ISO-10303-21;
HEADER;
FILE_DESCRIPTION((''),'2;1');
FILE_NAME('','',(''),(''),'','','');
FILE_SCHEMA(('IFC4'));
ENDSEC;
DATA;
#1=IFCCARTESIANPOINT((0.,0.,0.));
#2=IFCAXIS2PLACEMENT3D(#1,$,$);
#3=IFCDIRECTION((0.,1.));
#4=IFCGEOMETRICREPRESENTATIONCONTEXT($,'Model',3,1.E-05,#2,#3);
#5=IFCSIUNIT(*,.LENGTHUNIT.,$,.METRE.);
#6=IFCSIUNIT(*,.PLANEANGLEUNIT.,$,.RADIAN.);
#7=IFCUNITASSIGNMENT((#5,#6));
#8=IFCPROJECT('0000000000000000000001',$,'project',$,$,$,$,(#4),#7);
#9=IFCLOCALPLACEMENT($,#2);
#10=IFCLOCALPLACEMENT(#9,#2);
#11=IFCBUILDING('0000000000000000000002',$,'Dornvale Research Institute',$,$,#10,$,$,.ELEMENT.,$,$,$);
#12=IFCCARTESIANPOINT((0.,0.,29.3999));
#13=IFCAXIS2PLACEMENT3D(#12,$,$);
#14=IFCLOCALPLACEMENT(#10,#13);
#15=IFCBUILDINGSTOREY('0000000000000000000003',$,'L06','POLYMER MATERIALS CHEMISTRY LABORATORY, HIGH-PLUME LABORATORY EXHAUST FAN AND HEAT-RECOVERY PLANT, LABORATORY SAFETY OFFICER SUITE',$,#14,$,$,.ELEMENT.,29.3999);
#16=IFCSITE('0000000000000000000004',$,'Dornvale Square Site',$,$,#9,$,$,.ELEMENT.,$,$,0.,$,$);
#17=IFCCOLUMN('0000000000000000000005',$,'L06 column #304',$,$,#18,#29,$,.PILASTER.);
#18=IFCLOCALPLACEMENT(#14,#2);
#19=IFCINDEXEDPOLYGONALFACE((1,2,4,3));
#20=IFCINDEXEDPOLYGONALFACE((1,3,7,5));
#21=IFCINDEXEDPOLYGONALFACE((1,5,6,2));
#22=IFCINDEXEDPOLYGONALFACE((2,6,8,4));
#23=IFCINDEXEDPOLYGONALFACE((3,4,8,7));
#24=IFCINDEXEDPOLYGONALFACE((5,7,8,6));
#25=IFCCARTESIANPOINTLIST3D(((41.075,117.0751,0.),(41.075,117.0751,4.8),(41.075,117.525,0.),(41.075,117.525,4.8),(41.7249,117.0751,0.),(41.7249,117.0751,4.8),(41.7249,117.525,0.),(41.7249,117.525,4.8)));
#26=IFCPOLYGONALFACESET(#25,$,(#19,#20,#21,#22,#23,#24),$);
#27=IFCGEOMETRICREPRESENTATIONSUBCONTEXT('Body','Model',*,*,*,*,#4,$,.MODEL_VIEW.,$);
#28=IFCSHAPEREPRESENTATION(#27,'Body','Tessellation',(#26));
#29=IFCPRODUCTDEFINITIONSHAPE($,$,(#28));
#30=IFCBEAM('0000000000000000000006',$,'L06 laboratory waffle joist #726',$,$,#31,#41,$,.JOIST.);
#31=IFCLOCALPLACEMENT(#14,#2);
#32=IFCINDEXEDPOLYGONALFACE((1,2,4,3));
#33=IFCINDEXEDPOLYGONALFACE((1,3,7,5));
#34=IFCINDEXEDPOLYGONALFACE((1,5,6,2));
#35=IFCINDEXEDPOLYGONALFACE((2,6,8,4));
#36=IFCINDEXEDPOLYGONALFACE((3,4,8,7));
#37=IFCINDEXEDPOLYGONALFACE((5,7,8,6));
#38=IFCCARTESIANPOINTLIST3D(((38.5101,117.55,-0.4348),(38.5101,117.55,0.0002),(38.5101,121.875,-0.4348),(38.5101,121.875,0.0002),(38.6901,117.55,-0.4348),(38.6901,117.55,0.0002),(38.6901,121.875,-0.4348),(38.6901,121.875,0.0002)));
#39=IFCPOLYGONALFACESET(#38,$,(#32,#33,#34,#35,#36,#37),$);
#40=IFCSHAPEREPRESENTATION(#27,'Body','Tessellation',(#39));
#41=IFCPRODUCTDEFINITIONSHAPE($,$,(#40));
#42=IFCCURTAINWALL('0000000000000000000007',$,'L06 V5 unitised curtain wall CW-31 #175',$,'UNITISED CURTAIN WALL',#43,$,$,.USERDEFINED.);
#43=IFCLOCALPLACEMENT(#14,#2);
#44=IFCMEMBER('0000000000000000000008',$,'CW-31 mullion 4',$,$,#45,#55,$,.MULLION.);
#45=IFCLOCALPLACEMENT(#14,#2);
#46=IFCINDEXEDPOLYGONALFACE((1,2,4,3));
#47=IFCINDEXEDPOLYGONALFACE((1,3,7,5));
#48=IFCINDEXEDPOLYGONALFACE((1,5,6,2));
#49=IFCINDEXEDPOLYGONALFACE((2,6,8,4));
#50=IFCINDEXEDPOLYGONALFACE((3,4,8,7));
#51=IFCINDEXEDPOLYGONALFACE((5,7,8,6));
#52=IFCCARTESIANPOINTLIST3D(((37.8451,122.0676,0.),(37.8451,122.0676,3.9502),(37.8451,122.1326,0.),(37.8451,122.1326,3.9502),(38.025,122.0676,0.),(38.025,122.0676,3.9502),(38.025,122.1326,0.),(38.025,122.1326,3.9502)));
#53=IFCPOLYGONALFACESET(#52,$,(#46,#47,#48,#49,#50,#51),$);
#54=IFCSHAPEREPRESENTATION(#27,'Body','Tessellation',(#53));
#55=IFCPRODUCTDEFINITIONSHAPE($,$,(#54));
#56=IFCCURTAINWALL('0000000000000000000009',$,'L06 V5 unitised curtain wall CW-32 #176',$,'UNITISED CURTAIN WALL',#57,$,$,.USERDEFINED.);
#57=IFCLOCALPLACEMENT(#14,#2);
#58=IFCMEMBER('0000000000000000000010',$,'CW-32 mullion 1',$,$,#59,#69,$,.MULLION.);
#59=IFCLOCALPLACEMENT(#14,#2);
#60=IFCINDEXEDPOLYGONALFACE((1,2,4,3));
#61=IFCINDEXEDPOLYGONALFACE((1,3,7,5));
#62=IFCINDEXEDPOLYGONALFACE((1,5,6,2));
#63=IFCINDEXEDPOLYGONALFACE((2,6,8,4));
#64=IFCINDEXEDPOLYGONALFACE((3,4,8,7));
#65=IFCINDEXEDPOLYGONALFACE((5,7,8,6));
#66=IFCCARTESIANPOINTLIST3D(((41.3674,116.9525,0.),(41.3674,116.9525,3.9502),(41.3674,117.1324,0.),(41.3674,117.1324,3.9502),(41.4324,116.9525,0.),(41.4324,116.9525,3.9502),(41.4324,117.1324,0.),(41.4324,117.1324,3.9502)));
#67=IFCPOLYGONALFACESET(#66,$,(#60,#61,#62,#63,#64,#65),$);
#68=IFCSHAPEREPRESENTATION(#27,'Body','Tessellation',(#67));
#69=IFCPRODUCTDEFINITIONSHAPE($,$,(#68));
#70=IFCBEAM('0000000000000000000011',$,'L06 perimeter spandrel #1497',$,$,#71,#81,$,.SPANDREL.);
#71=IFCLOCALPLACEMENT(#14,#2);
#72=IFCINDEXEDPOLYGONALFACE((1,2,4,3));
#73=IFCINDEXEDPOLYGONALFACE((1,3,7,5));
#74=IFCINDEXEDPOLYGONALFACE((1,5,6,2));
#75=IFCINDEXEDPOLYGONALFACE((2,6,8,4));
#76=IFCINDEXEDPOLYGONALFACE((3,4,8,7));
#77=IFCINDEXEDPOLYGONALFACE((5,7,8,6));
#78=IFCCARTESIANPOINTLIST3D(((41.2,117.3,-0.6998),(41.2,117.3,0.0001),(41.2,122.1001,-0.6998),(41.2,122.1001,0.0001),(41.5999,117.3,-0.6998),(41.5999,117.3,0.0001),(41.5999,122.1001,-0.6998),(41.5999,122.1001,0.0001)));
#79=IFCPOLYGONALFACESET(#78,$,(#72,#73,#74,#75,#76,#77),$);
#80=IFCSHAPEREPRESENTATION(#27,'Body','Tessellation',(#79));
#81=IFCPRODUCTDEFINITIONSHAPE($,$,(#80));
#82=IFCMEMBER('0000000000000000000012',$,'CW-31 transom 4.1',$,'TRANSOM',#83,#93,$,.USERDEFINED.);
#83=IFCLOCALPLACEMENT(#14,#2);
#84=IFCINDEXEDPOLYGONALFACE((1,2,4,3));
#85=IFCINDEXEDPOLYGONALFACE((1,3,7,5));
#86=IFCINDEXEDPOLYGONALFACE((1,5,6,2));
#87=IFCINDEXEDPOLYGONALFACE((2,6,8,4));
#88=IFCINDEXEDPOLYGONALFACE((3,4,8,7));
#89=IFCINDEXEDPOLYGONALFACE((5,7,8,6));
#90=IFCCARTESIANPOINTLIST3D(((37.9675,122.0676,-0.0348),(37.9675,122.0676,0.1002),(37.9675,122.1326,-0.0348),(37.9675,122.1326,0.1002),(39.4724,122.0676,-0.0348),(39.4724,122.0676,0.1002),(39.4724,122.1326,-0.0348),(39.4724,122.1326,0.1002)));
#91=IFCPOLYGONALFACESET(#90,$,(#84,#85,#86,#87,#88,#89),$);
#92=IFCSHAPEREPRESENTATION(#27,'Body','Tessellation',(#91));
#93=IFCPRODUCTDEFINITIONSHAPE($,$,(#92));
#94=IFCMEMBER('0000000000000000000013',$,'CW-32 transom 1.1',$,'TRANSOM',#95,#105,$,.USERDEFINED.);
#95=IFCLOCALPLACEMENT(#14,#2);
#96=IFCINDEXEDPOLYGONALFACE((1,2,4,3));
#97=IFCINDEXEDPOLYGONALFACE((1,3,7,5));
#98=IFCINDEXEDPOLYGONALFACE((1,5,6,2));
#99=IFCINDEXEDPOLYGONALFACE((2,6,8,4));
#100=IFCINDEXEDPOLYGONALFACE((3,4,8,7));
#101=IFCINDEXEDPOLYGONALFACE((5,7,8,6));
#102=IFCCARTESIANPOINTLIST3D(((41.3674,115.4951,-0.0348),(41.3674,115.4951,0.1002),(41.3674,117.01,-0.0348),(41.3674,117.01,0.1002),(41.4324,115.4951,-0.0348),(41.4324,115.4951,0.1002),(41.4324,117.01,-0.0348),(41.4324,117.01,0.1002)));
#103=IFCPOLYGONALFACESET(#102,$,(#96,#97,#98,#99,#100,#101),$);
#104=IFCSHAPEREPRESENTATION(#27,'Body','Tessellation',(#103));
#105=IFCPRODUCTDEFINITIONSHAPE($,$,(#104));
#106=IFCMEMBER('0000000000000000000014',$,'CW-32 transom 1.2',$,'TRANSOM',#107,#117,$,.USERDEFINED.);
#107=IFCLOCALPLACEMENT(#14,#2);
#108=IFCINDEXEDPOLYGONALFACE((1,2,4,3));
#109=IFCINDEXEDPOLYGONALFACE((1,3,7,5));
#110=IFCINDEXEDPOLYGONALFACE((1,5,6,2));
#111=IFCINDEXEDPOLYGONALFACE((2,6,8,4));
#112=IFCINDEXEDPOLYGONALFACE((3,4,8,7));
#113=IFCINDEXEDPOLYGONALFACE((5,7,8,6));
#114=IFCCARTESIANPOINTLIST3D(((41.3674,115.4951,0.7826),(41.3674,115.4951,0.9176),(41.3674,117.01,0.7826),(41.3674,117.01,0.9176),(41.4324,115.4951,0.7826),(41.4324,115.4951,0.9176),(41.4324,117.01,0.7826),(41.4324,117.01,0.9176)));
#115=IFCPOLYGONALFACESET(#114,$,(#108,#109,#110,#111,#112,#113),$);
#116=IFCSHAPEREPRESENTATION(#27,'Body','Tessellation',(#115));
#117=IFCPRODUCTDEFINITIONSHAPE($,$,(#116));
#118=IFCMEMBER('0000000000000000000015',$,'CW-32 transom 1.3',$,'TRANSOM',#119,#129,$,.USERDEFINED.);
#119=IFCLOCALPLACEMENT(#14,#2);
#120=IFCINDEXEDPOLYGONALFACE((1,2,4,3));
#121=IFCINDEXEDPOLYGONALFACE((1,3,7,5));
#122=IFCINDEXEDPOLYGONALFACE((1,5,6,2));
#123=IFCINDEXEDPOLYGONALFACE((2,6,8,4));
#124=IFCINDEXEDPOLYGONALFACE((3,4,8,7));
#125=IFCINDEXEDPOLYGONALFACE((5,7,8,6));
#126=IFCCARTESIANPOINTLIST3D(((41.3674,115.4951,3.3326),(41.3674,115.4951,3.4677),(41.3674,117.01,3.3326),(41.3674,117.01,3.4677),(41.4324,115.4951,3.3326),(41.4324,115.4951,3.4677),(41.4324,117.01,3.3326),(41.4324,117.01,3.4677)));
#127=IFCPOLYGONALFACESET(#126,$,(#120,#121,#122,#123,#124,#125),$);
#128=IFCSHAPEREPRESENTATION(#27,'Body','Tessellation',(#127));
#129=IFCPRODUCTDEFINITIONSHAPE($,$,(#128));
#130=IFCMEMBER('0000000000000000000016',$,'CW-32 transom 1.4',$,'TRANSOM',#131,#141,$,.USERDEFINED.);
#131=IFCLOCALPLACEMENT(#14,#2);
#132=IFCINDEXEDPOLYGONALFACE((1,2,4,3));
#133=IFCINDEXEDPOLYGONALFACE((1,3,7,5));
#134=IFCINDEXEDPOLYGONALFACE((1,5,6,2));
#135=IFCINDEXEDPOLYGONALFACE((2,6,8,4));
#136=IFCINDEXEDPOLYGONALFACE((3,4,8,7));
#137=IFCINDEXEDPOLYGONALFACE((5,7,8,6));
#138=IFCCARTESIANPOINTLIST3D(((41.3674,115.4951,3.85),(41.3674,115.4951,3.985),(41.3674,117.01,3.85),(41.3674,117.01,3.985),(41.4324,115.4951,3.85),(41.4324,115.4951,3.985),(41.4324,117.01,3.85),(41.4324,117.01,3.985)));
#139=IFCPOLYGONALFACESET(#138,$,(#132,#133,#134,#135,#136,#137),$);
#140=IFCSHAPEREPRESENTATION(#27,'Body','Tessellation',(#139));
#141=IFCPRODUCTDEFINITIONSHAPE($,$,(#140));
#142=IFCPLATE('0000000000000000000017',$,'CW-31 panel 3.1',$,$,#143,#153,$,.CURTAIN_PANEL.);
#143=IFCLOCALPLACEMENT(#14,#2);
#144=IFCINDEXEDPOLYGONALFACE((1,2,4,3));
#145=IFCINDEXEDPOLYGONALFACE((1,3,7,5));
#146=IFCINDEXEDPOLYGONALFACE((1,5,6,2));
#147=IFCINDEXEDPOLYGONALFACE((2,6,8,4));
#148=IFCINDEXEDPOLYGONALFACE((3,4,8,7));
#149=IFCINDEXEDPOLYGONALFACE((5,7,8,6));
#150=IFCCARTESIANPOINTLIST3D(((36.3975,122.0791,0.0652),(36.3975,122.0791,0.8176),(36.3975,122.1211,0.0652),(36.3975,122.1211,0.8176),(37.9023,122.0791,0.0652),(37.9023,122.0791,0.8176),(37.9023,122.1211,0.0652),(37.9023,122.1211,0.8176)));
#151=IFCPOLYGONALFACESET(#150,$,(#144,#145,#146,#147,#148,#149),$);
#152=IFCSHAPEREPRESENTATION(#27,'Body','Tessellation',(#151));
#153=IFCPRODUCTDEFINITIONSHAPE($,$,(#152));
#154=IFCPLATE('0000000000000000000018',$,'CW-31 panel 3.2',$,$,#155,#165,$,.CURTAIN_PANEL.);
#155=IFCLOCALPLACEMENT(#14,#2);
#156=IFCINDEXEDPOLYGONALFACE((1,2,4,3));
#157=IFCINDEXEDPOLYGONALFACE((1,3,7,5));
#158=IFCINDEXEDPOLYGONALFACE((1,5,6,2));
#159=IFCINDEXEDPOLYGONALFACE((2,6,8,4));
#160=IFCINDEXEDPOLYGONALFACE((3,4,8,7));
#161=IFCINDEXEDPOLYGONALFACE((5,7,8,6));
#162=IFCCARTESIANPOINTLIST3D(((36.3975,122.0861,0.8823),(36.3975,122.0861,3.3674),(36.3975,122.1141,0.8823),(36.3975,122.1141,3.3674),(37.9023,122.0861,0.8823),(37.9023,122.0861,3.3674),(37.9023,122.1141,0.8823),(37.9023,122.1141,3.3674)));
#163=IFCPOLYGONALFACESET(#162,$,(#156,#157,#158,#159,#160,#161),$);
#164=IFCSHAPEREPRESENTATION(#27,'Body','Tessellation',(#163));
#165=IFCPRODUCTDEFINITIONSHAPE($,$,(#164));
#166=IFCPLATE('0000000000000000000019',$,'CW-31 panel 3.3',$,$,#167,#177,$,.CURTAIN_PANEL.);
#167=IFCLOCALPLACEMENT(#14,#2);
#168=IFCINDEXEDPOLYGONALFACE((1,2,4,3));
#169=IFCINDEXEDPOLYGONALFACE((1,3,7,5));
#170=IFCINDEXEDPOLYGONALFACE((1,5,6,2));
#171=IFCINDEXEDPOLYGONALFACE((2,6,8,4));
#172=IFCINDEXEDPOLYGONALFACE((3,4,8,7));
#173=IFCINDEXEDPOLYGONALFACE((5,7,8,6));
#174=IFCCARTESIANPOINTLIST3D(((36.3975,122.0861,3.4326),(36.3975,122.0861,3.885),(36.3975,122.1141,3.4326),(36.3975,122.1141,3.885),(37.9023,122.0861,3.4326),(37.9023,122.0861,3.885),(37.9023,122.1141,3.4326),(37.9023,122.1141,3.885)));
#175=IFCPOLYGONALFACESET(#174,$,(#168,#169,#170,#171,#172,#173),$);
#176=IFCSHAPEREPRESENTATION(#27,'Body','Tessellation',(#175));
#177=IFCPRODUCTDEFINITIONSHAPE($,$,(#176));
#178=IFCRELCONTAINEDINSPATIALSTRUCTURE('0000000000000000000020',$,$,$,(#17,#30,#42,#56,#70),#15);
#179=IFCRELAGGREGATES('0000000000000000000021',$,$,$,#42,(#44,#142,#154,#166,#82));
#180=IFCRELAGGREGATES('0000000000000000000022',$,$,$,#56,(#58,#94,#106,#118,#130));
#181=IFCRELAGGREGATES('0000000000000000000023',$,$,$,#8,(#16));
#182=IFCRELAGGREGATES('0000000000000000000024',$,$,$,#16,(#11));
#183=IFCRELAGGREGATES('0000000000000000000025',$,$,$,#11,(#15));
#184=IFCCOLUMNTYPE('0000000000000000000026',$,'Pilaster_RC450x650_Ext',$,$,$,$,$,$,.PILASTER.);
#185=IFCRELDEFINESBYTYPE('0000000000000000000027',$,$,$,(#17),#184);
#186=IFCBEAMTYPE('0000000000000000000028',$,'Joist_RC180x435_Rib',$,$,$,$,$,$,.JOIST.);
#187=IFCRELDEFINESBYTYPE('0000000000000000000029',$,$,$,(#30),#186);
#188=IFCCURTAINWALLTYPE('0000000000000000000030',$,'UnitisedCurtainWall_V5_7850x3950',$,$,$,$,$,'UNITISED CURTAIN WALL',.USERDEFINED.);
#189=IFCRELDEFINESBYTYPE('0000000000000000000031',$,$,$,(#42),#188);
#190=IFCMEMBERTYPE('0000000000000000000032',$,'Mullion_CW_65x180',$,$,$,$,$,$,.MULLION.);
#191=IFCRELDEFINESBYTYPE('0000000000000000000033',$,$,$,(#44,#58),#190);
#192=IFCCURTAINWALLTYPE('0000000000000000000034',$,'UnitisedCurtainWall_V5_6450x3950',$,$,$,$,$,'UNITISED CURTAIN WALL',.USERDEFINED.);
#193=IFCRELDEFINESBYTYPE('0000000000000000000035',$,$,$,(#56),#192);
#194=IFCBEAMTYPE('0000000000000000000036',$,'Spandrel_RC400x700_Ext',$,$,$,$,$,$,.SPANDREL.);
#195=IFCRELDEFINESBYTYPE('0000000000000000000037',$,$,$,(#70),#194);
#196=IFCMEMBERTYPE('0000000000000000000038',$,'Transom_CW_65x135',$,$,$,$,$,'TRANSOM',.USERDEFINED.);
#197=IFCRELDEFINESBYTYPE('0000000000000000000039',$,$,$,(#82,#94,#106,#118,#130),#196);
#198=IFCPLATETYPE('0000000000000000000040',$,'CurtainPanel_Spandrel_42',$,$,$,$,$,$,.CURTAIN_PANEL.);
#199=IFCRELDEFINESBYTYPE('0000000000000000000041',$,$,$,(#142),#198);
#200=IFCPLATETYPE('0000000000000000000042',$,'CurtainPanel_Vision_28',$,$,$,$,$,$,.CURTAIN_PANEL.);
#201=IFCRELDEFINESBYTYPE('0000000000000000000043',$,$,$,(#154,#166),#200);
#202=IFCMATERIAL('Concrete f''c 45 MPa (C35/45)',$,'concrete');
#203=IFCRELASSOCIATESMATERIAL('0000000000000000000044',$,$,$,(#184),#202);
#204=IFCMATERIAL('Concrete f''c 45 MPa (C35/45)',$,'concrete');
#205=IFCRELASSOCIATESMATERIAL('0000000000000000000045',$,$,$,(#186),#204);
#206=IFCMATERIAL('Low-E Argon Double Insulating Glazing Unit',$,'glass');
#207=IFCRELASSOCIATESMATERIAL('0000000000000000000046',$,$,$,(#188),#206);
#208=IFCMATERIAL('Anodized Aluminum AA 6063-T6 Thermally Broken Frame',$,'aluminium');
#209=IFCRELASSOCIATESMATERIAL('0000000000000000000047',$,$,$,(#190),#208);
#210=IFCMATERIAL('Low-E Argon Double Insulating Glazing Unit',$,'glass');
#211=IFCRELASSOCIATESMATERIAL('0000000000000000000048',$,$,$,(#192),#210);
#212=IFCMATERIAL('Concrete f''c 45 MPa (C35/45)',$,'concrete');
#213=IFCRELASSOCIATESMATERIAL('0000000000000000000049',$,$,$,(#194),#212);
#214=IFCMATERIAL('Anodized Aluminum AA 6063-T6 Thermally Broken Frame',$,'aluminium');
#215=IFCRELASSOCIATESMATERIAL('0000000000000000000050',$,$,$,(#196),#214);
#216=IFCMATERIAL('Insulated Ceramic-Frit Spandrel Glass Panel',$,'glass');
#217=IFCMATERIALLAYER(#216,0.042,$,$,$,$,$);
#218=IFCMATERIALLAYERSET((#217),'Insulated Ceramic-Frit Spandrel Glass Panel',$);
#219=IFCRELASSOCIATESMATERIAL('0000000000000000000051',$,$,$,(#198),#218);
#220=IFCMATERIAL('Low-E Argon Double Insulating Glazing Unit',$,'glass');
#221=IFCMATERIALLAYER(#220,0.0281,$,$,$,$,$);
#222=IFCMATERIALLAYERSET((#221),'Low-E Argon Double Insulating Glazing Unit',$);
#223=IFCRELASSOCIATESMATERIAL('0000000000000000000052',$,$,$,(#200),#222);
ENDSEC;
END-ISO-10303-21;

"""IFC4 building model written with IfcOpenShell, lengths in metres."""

from ifc_helpers import new_model, si_unit, direction, frame, origin, origin_2d, place, context, subcontext, project, spatial, rectangle, extrude, material, layer, layer_set, material_profile, profile_set, type_object, element, aggregate, save


model = new_model("IFC4")

# Units and contexts
model_context = context("Model", 3, precision=1e-05, world=origin(), true_north=direction((0.0, 1.0)))
body_context = subcontext(model_context, "Body", "Model", "MODEL_VIEW")
ifc_project = project(units=[si_unit("LENGTHUNIT", "METRE"), si_unit("PLANEANGLEUNIT", "RADIAN")], contexts=[model_context])

# Site, building, storey
site_placement = place(None, origin())
site = spatial("IfcSite", under=ifc_project, at=site_placement, Name="Dornvale Square Site", CompositionType="ELEMENT", RefElevation=0.0)
building_placement = place(site_placement, origin())
building = spatial("IfcBuilding", under=site, at=building_placement, Name="Dornvale Research Institute", CompositionType="ELEMENT")
storey_placement = place(building_placement, frame((0.0, 0.0, 29.3999)))
storey = spatial("IfcBuildingStorey", under=building, at=storey_placement, Name="L06", Description="POLYMER MATERIALS CHEMISTRY LABORATORY, HIGH-PLUME LABORATORY EXHAUST FAN AND HEAT-RECOVERY PLANT, LABORATORY SAFETY OFFICER SUITE", CompositionType="ELEMENT", Elevation=29.3999)

# Column
ifc_material_1 = material(Name="Concrete f'c 45 MPa (C35/45)", Category="concrete")
ifc_material_profile_1 = material_profile(ifc_material_1, rectangle(XDim=0.45, YDim=0.6499, at=origin_2d()), Name="RC 450x650")
ifc_profile_set_1 = profile_set([ifc_material_profile_1], Name="Concrete f'c 45 MPa (C35/45)")
column_type = type_object("IfcColumnType", Name="Pilaster_RC450x650_Ext", PredefinedType="PILASTER", material=ifc_profile_set_1)
column_placement = place(storey_placement, frame((41.3999, 117.3, 0.0), z_axis=(0.0, 0.0, 1.0), x_axis=(0.0, 1.0, 0.0)))
element("IfcColumn", 1, at=column_placement, inside=storey, type_object=column_type, Name="L06 column #304", PredefinedType="PILASTER", context=body_context, shape_type="SweptSolid", body=[
    extrude(rectangle(XDim=0.45, YDim=0.6499, at=origin_2d()), origin(), (0.0, 0.0, 1.0), 4.8),
])

# Beam
ifc_material_2 = material(Name="Concrete f'c 45 MPa (C35/45)", Category="concrete")
ifc_material_profile_2 = material_profile(ifc_material_2, rectangle(XDim=0.1799, YDim=0.4351, at=origin_2d()), Name="RC 180x435")
ifc_profile_set_2 = profile_set([ifc_material_profile_2], Name="Concrete f'c 45 MPa (C35/45)")
beam_type_1 = type_object("IfcBeamType", Name="Joist_RC180x435_Rib", PredefinedType="JOIST", material=ifc_profile_set_2)
beam_1_placement = place(storey_placement, frame((38.6001, 117.55, -0.2173), z_axis=(0.0, 1.0, 0.0), x_axis=(-1.0, 0.0, 0.0)))
element("IfcBeam", 2, at=beam_1_placement, inside=storey, type_object=beam_type_1, Name="L06 laboratory waffle joist #726", PredefinedType="JOIST", context=body_context, shape_type="SweptSolid", body=[
    extrude(rectangle(XDim=0.1799, YDim=0.4351, at=origin_2d()), origin(), (0.0, 0.0, 1.0), 4.325),
])

# Curtain walls, members
ifc_material_3 = material(Name="Low-E Argon Double Insulating Glazing Unit", Category="glass")
curtain_wall_type_1 = type_object("IfcCurtainWallType", Name="UnitisedCurtainWall_V5_7850x3950", ElementType="UNITISED CURTAIN WALL", PredefinedType="USERDEFINED", material=ifc_material_3)
curtain_wall_1_placement = place(storey_placement, origin())
curtain_wall_1 = element("IfcCurtainWall", 3, at=curtain_wall_1_placement, inside=storey, type_object=curtain_wall_type_1, Name="L06 V5 unitised curtain wall CW-31 #175", ObjectType="UNITISED CURTAIN WALL", PredefinedType="USERDEFINED")
ifc_material_4 = material(Name="Anodized Aluminum AA 6063-T6 Thermally Broken Frame", Category="aluminium")
ifc_material_profile_3 = material_profile(ifc_material_4, rectangle(XDim=0.0649, YDim=0.1799, at=origin_2d()), Name="ALU MULLION 65x180")
ifc_profile_set_3 = profile_set([ifc_material_profile_3], Name="Anodized Aluminum AA 6063-T6 Thermally Broken Frame")
member_type_1 = type_object("IfcMemberType", Name="Mullion_CW_65x180", PredefinedType="MULLION", material=ifc_profile_set_3)
member_1_placement = place(storey_placement, frame((37.9351, 122.1001, 0.0), z_axis=(0.0, 0.0, 1.0), x_axis=(0.0, 1.0, 0.0)))
member_1 = element("IfcMember", 4, at=member_1_placement, type_object=member_type_1, Name="CW-31 mullion 4", PredefinedType="MULLION", context=body_context, shape_type="SweptSolid", body=[
    extrude(rectangle(XDim=0.0649, YDim=0.1799, at=origin_2d()), origin(), (0.0, 0.0, 1.0), 3.9502),
])
ifc_material_5 = material(Name="Low-E Argon Double Insulating Glazing Unit", Category="glass")
curtain_wall_type_2 = type_object("IfcCurtainWallType", Name="UnitisedCurtainWall_V5_6450x3950", ElementType="UNITISED CURTAIN WALL", PredefinedType="USERDEFINED", material=ifc_material_5)
curtain_wall_2_placement = place(storey_placement, origin())
curtain_wall_2 = element("IfcCurtainWall", 5, at=curtain_wall_2_placement, inside=storey, type_object=curtain_wall_type_2, Name="L06 V5 unitised curtain wall CW-32 #176", ObjectType="UNITISED CURTAIN WALL", PredefinedType="USERDEFINED")
member_2_placement = place(storey_placement, frame((41.3999, 117.0425, 0.0), z_axis=(0.0, 0.0, 1.0), x_axis=(1.0, 0.0, 0.0)))
member_2 = element("IfcMember", 6, at=member_2_placement, type_object=member_type_1, Name="CW-32 mullion 1", PredefinedType="MULLION", context=body_context, shape_type="SweptSolid", body=[
    extrude(rectangle(XDim=0.0649, YDim=0.1799, at=origin_2d()), origin(), (0.0, 0.0, 1.0), 3.9502),
])

# Beam
ifc_material_6 = material(Name="Concrete f'c 45 MPa (C35/45)", Category="concrete")
ifc_material_profile_4 = material_profile(ifc_material_6, rectangle(XDim=0.3999, YDim=0.7, at=origin_2d()), Name="RC 400x700")
ifc_profile_set_4 = profile_set([ifc_material_profile_4], Name="Concrete f'c 45 MPa (C35/45)")
beam_type_2 = type_object("IfcBeamType", Name="Spandrel_RC400x700_Ext", PredefinedType="SPANDREL", material=ifc_profile_set_4)
beam_2_placement = place(storey_placement, frame((41.3999, 117.3, -0.3499), z_axis=(0.0, 1.0, 0.0), x_axis=(-1.0, 0.0, 0.0)))
element("IfcBeam", 7, at=beam_2_placement, inside=storey, type_object=beam_type_2, Name="L06 perimeter spandrel #1497", PredefinedType="SPANDREL", context=body_context, shape_type="SweptSolid", body=[
    extrude(rectangle(XDim=0.3999, YDim=0.7, at=origin_2d()), origin(), (0.0, 0.0, 1.0), 4.8),
])

# Members
ifc_material_7 = material(Name="Anodized Aluminum AA 6063-T6 Thermally Broken Frame", Category="aluminium")
ifc_material_profile_5 = material_profile(ifc_material_7, rectangle(XDim=0.0649, YDim=0.135, at=origin_2d()), Name="ALU TRANSOM 65x135")
ifc_profile_set_5 = profile_set([ifc_material_profile_5], Name="Anodized Aluminum AA 6063-T6 Thermally Broken Frame")
member_type_2 = type_object("IfcMemberType", Name="Transom_CW_65x135", ElementType="TRANSOM", PredefinedType="USERDEFINED", material=ifc_profile_set_5)
member_3_placement = place(storey_placement, frame((37.9675, 122.1001, 0.0327), z_axis=(1.0, 0.0, 0.0), x_axis=(0.0, 1.0, 0.0)))
member_3 = element("IfcMember", 8, at=member_3_placement, type_object=member_type_2, Name="CW-31 transom 4.1", ObjectType="TRANSOM", PredefinedType="USERDEFINED", context=body_context, shape_type="SweptSolid", body=[
    extrude(rectangle(XDim=0.0649, YDim=0.135, at=origin_2d()), origin(), (0.0, 0.0, 1.0), 1.5049),
])
member_4_placement = place(storey_placement, frame((41.3999, 117.01, 0.0327), z_axis=(0.0, -1.0, 0.0), x_axis=(1.0, 0.0, 0.0)))
member_4 = element("IfcMember", 9, at=member_4_placement, type_object=member_type_2, Name="CW-32 transom 1.1", ObjectType="TRANSOM", PredefinedType="USERDEFINED", context=body_context, shape_type="SweptSolid", body=[
    extrude(rectangle(XDim=0.0649, YDim=0.135, at=origin_2d()), origin(), (0.0, 0.0, 1.0), 1.5149),
])
member_5_placement = place(storey_placement, frame((41.3999, 117.01, 0.8501), z_axis=(0.0, -1.0, 0.0), x_axis=(1.0, 0.0, 0.0)))
member_5 = element("IfcMember", 10, at=member_5_placement, type_object=member_type_2, Name="CW-32 transom 1.2", ObjectType="TRANSOM", PredefinedType="USERDEFINED", context=body_context, shape_type="SweptSolid", body=[
    extrude(rectangle(XDim=0.0649, YDim=0.135, at=origin_2d()), origin(), (0.0, 0.0, 1.0), 1.5149),
])
member_6_placement = place(storey_placement, frame((41.3999, 117.01, 3.4001), z_axis=(0.0, -1.0, 0.0), x_axis=(1.0, 0.0, 0.0)))
member_6 = element("IfcMember", 11, at=member_6_placement, type_object=member_type_2, Name="CW-32 transom 1.3", ObjectType="TRANSOM", PredefinedType="USERDEFINED", context=body_context, shape_type="SweptSolid", body=[
    extrude(rectangle(XDim=0.0649, YDim=0.135, at=origin_2d()), origin(), (0.0, 0.0, 1.0), 1.5149),
])
member_7_placement = place(storey_placement, frame((41.3999, 117.01, 3.9175), z_axis=(0.0, -1.0, 0.0), x_axis=(1.0, 0.0, 0.0)))
member_7 = element("IfcMember", 12, at=member_7_placement, type_object=member_type_2, Name="CW-32 transom 1.4", ObjectType="TRANSOM", PredefinedType="USERDEFINED", context=body_context, shape_type="SweptSolid", body=[
    extrude(rectangle(XDim=0.0649, YDim=0.135, at=origin_2d()), origin(), (0.0, 0.0, 1.0), 1.5149),
])

# Plates
ifc_material_8 = material(Name="Insulated Ceramic-Frit Spandrel Glass Panel", Category="glass")
ifc_layer_1 = layer(ifc_material_8, 0.042)
ifc_layer_set_1 = layer_set([ifc_layer_1], Name="Insulated Ceramic-Frit Spandrel Glass Panel")
plate_type_1 = type_object("IfcPlateType", Name="CurtainPanel_Spandrel_42", PredefinedType="CURTAIN_PANEL", material=ifc_layer_set_1)
plate_1_placement = place(storey_placement, frame((37.1499, 122.1001, 0.0652), z_axis=(0.0, 0.0, 1.0), x_axis=(1.0, 0.0, 0.0)))
plate_1 = element("IfcPlate", 13, at=plate_1_placement, type_object=plate_type_1, Name="CW-31 panel 3.1", PredefinedType="CURTAIN_PANEL", context=body_context, shape_type="SweptSolid", body=[
    extrude(rectangle(XDim=1.5049, YDim=0.042, at=origin_2d()), origin(), (0.0, 0.0, 1.0), 0.7524),
])
ifc_material_9 = material(Name="Low-E Argon Double Insulating Glazing Unit", Category="glass")
ifc_layer_2 = layer(ifc_material_9, 0.0281)
ifc_layer_set_2 = layer_set([ifc_layer_2], Name="Low-E Argon Double Insulating Glazing Unit")
plate_type_2 = type_object("IfcPlateType", Name="CurtainPanel_Vision_28", PredefinedType="CURTAIN_PANEL", material=ifc_layer_set_2)
plate_2_placement = place(storey_placement, frame((37.1499, 122.1001, 0.8823), z_axis=(0.0, 0.0, 1.0), x_axis=(1.0, 0.0, 0.0)))
plate_2 = element("IfcPlate", 14, at=plate_2_placement, type_object=plate_type_2, Name="CW-31 panel 3.2", PredefinedType="CURTAIN_PANEL", context=body_context, shape_type="SweptSolid", body=[
    extrude(rectangle(XDim=1.5049, YDim=0.0281, at=origin_2d()), origin(), (0.0, 0.0, 1.0), 2.4851),
])
plate_3_placement = place(storey_placement, frame((37.1499, 122.1001, 3.4326), z_axis=(0.0, 0.0, 1.0), x_axis=(1.0, 0.0, 0.0)))
plate_3 = element("IfcPlate", 15, at=plate_3_placement, type_object=plate_type_2, Name="CW-31 panel 3.3", PredefinedType="CURTAIN_PANEL", context=body_context, shape_type="SweptSolid", body=[
    extrude(rectangle(XDim=1.5049, YDim=0.0281, at=origin_2d()), origin(), (0.0, 0.0, 1.0), 0.4524),
])
aggregate(curtain_wall_1, [member_1, plate_1, plate_2, plate_3, member_3])
aggregate(curtain_wall_2, [member_2, member_4, member_5, member_6, member_7])

save(model, "model.ifc")
